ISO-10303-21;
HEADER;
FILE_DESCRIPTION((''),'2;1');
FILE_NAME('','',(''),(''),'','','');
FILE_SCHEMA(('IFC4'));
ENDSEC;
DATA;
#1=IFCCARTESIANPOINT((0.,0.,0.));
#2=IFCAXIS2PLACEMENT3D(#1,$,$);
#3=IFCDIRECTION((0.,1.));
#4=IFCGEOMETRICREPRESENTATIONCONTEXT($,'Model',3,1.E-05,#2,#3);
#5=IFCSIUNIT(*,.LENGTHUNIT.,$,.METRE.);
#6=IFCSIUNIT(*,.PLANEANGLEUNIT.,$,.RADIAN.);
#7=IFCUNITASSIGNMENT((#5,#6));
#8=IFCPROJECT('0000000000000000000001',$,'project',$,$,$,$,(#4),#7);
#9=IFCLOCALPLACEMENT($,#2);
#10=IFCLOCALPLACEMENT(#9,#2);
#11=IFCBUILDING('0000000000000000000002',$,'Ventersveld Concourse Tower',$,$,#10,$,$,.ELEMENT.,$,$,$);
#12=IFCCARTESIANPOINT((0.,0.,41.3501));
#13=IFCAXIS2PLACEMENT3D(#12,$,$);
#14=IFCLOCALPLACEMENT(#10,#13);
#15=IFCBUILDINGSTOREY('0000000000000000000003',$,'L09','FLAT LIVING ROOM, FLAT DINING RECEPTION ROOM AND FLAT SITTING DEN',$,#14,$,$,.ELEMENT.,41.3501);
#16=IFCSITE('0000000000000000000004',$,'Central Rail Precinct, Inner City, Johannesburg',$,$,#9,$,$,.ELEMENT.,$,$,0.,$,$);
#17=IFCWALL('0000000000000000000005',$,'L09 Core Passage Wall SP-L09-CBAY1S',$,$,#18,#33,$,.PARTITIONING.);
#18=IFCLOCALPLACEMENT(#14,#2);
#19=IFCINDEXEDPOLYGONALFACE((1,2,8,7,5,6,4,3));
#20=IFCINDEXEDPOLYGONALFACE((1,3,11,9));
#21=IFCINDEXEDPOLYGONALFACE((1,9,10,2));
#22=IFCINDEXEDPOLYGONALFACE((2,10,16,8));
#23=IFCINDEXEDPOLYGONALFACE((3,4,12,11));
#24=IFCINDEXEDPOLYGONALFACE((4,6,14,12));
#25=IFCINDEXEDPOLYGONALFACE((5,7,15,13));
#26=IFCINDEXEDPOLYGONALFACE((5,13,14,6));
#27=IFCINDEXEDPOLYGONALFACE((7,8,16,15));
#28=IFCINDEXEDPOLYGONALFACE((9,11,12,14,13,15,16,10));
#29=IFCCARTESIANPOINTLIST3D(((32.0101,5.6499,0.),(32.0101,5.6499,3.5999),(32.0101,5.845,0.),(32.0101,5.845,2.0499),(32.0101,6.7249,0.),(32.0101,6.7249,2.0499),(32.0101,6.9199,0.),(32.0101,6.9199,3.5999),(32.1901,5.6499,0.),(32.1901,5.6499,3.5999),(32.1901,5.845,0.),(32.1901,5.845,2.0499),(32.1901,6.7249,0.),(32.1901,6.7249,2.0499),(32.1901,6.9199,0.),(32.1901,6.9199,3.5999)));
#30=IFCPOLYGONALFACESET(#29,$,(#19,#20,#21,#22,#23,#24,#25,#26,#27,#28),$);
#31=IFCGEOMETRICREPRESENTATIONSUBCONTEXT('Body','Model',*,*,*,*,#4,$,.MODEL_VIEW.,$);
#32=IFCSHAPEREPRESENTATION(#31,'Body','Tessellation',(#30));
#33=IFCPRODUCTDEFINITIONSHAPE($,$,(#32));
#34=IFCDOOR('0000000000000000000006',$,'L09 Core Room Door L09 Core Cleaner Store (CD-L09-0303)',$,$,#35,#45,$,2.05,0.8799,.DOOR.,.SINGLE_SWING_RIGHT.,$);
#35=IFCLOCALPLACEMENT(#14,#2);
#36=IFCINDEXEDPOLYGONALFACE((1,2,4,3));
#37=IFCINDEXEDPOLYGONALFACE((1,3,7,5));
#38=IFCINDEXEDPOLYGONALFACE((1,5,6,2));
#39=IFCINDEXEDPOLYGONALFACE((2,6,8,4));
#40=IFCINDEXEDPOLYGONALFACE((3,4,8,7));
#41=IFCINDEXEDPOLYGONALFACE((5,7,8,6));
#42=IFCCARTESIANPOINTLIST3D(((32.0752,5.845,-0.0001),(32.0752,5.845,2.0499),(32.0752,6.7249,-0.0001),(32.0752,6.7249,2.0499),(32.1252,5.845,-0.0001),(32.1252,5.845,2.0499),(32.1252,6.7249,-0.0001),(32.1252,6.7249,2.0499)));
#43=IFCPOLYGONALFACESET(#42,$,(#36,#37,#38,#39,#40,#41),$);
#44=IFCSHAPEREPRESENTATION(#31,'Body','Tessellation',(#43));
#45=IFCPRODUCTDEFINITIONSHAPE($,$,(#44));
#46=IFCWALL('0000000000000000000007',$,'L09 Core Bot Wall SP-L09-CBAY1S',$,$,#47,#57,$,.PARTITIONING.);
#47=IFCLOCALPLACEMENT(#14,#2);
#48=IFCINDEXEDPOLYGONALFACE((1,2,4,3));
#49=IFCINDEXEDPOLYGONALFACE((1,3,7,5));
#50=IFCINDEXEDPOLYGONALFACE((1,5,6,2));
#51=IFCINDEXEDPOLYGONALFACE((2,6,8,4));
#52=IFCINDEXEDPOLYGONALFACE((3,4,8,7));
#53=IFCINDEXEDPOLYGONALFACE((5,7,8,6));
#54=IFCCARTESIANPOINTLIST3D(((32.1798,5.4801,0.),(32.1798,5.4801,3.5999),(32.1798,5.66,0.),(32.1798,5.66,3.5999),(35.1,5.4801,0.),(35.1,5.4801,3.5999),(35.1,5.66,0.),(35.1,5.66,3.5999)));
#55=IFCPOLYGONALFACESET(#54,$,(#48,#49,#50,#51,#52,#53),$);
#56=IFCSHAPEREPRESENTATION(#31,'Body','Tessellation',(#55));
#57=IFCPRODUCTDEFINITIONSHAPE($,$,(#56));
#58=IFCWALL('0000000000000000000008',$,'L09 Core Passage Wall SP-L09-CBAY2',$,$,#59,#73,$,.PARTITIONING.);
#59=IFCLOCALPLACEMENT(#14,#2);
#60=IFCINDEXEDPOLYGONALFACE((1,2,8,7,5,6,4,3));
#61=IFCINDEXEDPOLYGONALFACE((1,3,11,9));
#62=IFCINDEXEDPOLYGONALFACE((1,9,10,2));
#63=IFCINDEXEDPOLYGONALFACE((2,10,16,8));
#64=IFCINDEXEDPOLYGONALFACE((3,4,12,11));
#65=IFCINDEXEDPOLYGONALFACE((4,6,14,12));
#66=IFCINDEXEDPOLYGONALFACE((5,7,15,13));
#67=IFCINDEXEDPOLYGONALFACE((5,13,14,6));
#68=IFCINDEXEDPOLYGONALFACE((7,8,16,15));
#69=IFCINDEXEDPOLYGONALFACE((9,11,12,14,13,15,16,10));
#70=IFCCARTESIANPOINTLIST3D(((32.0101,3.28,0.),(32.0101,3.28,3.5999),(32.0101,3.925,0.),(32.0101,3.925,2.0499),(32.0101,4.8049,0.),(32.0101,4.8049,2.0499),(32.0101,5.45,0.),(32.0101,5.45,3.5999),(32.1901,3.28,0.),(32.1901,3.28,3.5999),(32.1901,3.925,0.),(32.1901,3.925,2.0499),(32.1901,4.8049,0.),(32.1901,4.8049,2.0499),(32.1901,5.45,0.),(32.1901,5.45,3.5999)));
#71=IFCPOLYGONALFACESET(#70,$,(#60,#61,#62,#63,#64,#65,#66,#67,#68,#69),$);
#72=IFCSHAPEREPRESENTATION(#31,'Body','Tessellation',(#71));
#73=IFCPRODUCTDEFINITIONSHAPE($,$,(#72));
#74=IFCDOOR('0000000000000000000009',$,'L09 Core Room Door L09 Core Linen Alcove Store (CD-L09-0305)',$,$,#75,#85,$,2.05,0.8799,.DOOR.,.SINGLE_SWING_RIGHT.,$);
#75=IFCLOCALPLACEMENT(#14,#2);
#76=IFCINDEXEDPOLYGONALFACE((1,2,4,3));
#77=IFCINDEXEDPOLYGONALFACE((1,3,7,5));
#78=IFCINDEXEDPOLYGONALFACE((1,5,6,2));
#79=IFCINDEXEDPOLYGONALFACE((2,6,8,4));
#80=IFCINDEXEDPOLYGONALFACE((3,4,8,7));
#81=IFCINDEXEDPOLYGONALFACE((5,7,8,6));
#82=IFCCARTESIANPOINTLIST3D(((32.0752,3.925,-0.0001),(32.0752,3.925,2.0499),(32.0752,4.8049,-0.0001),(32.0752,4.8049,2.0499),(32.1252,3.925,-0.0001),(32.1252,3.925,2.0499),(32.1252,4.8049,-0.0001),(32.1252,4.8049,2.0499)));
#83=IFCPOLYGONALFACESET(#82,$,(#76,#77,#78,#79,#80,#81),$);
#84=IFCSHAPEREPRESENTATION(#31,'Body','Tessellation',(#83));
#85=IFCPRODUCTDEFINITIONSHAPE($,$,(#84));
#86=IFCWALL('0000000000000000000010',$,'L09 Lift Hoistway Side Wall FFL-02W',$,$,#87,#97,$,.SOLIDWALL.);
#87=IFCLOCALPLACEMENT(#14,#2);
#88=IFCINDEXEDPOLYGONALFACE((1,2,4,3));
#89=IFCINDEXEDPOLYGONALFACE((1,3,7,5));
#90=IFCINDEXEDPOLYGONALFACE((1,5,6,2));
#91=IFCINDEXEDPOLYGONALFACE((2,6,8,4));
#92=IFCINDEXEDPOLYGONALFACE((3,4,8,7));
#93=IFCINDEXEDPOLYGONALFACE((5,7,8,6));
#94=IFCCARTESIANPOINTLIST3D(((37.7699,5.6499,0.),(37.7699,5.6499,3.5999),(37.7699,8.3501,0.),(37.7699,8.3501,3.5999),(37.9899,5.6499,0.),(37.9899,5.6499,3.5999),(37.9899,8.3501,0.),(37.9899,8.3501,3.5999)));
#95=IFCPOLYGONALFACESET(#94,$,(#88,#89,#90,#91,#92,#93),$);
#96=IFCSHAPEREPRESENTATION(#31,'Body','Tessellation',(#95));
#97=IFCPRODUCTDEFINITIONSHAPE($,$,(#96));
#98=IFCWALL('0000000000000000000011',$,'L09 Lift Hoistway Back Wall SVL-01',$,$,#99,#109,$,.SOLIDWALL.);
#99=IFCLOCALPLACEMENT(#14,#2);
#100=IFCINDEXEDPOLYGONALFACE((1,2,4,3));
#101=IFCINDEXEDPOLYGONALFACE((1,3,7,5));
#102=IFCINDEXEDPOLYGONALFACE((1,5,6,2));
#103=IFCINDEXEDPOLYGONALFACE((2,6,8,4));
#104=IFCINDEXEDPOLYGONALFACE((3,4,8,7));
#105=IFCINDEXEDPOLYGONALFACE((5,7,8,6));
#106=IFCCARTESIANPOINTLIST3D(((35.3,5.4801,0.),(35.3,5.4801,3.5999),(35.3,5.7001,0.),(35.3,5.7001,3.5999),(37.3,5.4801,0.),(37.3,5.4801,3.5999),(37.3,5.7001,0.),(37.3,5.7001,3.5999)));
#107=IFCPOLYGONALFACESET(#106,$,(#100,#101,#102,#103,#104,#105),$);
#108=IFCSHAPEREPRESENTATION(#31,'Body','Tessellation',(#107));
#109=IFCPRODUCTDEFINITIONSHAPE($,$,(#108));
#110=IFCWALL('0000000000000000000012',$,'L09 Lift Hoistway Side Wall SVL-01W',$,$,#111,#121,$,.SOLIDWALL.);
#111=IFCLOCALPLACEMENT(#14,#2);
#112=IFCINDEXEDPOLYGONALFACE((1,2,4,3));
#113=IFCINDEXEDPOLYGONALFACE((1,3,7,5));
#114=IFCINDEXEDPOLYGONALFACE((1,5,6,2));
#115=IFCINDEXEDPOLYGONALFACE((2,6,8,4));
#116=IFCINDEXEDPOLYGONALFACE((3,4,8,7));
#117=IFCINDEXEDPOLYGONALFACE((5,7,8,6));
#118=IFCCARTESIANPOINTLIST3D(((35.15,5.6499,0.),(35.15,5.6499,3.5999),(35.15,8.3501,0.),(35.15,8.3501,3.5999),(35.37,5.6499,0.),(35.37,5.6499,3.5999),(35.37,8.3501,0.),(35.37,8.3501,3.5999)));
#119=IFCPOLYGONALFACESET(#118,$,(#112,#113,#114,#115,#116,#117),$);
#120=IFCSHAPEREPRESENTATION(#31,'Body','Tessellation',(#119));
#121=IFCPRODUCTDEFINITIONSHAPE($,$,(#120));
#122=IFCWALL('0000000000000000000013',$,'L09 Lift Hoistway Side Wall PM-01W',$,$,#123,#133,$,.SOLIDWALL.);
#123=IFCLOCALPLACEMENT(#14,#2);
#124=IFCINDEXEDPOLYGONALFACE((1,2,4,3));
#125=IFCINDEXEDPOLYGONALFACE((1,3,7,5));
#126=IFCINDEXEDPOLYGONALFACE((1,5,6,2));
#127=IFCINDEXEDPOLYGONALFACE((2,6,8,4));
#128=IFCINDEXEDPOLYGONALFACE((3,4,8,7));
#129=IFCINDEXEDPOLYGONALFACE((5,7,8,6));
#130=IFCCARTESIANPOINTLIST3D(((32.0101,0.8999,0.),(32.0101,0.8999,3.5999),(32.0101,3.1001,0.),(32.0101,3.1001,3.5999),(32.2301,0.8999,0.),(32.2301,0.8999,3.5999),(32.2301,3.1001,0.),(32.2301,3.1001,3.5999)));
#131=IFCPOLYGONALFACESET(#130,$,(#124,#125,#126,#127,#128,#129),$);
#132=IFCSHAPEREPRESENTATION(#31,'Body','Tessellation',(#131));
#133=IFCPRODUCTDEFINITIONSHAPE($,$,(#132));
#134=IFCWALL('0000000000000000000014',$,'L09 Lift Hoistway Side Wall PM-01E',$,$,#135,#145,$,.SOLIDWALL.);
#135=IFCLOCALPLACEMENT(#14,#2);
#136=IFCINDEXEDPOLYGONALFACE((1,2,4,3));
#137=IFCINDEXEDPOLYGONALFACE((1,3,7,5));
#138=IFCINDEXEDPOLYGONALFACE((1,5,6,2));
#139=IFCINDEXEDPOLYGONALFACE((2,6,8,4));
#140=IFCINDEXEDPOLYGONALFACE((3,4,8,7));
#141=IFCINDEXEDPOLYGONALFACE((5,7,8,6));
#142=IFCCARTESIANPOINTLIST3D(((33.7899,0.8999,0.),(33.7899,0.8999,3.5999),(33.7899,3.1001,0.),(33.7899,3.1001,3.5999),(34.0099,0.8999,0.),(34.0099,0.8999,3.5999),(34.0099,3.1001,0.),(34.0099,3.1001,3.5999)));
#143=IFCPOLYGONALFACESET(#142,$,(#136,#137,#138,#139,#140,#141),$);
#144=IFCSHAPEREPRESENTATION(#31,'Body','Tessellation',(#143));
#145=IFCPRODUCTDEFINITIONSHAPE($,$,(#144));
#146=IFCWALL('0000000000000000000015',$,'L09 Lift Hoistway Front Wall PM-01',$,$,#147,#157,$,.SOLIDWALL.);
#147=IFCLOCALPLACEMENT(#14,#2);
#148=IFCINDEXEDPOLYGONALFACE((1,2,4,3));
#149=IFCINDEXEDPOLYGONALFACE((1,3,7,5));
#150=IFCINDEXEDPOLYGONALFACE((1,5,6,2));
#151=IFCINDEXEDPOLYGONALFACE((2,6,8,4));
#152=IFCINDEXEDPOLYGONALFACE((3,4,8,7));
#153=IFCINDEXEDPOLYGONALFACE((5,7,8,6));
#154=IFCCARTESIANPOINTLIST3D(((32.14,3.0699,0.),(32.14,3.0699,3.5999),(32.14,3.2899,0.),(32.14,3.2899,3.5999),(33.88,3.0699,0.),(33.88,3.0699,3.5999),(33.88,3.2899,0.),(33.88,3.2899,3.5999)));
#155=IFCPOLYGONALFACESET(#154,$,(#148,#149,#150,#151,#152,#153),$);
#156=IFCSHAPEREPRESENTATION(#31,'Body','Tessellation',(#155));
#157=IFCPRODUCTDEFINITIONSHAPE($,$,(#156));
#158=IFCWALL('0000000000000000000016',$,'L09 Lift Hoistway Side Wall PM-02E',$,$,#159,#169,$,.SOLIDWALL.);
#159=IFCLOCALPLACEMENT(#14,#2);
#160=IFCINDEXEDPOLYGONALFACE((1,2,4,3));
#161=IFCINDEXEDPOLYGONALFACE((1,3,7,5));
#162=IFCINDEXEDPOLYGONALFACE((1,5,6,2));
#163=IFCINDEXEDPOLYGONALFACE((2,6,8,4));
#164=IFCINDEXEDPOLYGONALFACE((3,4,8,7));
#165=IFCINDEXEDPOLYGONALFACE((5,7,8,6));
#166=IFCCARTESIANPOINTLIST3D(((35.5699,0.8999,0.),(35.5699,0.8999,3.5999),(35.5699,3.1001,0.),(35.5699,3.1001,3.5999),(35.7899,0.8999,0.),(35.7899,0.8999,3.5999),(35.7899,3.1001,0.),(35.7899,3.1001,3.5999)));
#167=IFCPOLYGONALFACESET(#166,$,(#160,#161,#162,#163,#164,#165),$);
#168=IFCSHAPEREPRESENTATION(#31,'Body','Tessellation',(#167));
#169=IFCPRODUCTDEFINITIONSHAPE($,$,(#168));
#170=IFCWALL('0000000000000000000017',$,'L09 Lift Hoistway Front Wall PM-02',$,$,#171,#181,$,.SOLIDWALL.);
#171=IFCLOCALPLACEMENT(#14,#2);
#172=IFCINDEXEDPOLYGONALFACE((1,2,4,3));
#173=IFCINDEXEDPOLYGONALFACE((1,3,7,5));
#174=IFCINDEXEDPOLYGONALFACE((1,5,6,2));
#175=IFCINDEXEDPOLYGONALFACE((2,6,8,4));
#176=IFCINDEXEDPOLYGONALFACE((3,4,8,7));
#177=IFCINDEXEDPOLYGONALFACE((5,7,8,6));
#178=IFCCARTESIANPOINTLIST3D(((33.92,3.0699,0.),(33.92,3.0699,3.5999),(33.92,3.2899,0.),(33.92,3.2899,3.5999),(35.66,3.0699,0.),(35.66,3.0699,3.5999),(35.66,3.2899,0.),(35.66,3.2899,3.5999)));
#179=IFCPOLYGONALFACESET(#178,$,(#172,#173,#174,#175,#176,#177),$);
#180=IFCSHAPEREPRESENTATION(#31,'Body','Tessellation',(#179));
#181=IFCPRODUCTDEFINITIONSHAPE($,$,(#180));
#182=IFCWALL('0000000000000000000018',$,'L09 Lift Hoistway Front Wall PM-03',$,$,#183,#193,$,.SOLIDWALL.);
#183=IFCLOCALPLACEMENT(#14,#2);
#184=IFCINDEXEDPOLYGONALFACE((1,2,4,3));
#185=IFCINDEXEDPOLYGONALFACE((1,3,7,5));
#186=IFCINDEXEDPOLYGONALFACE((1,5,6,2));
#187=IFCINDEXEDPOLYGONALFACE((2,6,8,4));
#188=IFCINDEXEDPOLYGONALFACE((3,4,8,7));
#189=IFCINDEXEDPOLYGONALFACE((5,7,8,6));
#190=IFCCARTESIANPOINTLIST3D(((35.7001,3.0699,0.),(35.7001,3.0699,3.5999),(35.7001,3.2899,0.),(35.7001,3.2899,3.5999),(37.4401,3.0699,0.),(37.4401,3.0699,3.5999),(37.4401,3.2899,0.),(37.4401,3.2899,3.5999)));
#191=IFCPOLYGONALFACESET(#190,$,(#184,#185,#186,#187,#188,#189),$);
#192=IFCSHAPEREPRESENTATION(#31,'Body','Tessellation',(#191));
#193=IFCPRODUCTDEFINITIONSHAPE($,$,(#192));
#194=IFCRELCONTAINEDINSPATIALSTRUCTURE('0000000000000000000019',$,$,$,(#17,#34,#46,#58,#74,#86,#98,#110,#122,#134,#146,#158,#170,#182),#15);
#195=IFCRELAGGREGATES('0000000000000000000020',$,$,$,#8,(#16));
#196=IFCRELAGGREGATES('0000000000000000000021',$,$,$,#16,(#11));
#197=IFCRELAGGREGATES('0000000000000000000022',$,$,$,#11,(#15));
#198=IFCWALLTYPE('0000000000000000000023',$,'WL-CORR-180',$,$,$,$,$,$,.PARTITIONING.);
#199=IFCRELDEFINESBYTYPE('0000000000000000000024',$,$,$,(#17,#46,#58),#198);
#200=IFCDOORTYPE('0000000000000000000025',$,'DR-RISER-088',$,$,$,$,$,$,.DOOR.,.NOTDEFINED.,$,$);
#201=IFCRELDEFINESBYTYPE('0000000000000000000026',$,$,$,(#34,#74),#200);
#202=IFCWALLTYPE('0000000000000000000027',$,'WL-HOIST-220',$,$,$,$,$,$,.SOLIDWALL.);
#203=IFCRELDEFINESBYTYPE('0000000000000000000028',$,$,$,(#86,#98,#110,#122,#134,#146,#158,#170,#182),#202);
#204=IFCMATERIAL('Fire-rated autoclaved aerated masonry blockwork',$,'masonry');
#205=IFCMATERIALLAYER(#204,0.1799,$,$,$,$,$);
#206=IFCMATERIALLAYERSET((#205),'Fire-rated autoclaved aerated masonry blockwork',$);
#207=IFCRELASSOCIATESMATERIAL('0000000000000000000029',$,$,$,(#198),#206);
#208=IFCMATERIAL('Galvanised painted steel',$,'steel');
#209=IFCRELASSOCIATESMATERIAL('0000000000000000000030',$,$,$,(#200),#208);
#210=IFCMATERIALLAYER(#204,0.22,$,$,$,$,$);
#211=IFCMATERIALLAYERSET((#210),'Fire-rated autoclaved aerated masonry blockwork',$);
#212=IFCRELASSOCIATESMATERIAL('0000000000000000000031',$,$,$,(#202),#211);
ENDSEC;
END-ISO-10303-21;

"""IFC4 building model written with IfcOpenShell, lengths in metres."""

from ifc_helpers import new_model, si_unit, direction, frame, frame_2d, origin, place, context, subcontext, project, spatial, rectangle, extrude, material, layer, layer_set, type_object, element, fill, save


model = new_model("IFC4")

# Units and contexts
model_context = context("Model", 3, precision=1e-05, world=origin(), true_north=direction((0.0, 1.0)))
body_context = subcontext(model_context, "Body", "Model", "MODEL_VIEW")
ifc_project = project(units=[si_unit("LENGTHUNIT", "METRE"), si_unit("PLANEANGLEUNIT", "RADIAN")], contexts=[model_context])

# Site, building, storey
site_placement = place(None, origin())
site = spatial("IfcSite", under=ifc_project, at=site_placement, Name="Central Rail Precinct, Inner City, Johannesburg", CompositionType="ELEMENT", RefElevation=0.0)
building_placement = place(site_placement, origin())
building = spatial("IfcBuilding", under=site, at=building_placement, Name="Ventersveld Concourse Tower", CompositionType="ELEMENT")
storey_placement = place(building_placement, frame((0.0, 0.0, 41.3501)))
storey = spatial("IfcBuildingStorey", under=building, at=storey_placement, Name="L09", Description="FLAT LIVING ROOM, FLAT DINING RECEPTION ROOM AND FLAT SITTING DEN", CompositionType="ELEMENT", Elevation=41.3501)

# Wall, opening, door
ifc_material_1 = material(Name="Fire-rated autoclaved aerated masonry blockwork", Category="masonry")
ifc_layer_1 = layer(ifc_material_1, 0.1799)
ifc_layer_set_1 = layer_set([ifc_layer_1], Name="Fire-rated autoclaved aerated masonry blockwork")
wall_type_1 = type_object("IfcWallType", Name="WL-CORR-180", PredefinedType="PARTITIONING", material=ifc_layer_set_1)
wall_1_placement = place(storey_placement, frame((32.1001, 5.6499, 0.0), z_axis=(0.0, 0.0, 1.0), x_axis=(0.0, 1.0, 0.0)))
wall_1 = element("IfcWall", 1, at=wall_1_placement, inside=storey, type_object=wall_type_1, Name="L09 Core Passage Wall SP-L09-CBAY1S", PredefinedType="PARTITIONING", context=body_context, shape_type="SweptSolid", body=[
    extrude(rectangle(XDim=1.27, YDim=0.1799, at=frame_2d((0.635, 0.0))), origin(), (0.0, 0.0, 1.0), 3.5999),
])
opening_1_placement = place(wall_1_placement, frame((0.1951, 0.0, 0.0)))
opening_1 = element("IfcOpeningElement", 2, at=opening_1_placement, cuts=wall_1, PredefinedType="OPENING", context=body_context, shape_type="SweptSolid", body=[
    extrude(rectangle(XDim=0.8799, YDim=2.05, at=frame_2d((0.4399, 1.0249))), frame((0.0, 0.1001, 0.0), z_axis=(0.0, -1.0, 0.0), x_axis=(1.0, 0.0, 0.0)), (0.0, 0.0, 1.0), 0.2),
])
ifc_material_2 = material(Name="Galvanised painted steel", Category="steel")
door_type = type_object("IfcDoorType", Name="DR-RISER-088", OperationType="NOTDEFINED", PredefinedType="DOOR", material=ifc_material_2)
door_1_placement = place(opening_1_placement, origin())
door_1 = element("IfcDoor", 3, at=door_1_placement, inside=storey, type_object=door_type, Name="L09 Core Room Door L09 Core Cleaner Store (CD-L09-0303)", OperationType="SINGLE_SWING_RIGHT", OverallHeight=2.05, OverallWidth=0.8799, PredefinedType="DOOR", context=body_context, shape_type="SweptSolid", body=[
    extrude(rectangle(XDim=0.8799, YDim=2.05, at=frame_2d((0.4399, 1.0249))), frame((0.0, 0.0249, 0.0), z_axis=(0.0, -1.0, 0.0), x_axis=(1.0, 0.0, 0.0)), (0.0, 0.0, 1.0), 0.05),
])
fill(opening_1, door_1)

# Wall
wall_2_placement = place(storey_placement, frame((32.1799, 5.5701, 0.0), z_axis=(0.0, 0.0, 1.0), x_axis=(1.0, 0.0, 0.0)))
element("IfcWall", 4, at=wall_2_placement, inside=storey, type_object=wall_type_1, Name="L09 Core Bot Wall SP-L09-CBAY1S", PredefinedType="PARTITIONING", context=body_context, shape_type="SweptSolid", body=[
    extrude(rectangle(XDim=2.9202, YDim=0.1799, at=frame_2d((1.46, 0.0))), origin(), (0.0, 0.0, 1.0), 3.5999),
])

# Wall, opening, door
wall_3_placement = place(storey_placement, frame((32.1001, 3.28, 0.0), z_axis=(0.0, 0.0, 1.0), x_axis=(0.0, 1.0, 0.0)))
wall_3 = element("IfcWall", 5, at=wall_3_placement, inside=storey, type_object=wall_type_1, Name="L09 Core Passage Wall SP-L09-CBAY2", PredefinedType="PARTITIONING", context=body_context, shape_type="SweptSolid", body=[
    extrude(rectangle(XDim=2.1699, YDim=0.1799, at=frame_2d((1.085, 0.0))), origin(), (0.0, 0.0, 1.0), 3.5999),
])
opening_2_placement = place(wall_3_placement, frame((0.645, 0.0, 0.0)))
opening_2 = element("IfcOpeningElement", 6, at=opening_2_placement, cuts=wall_3, PredefinedType="OPENING", context=body_context, shape_type="SweptSolid", body=[
    extrude(rectangle(XDim=0.8799, YDim=2.05, at=frame_2d((0.4399, 1.0249))), frame((0.0, 0.1001, 0.0), z_axis=(0.0, -1.0, 0.0), x_axis=(1.0, 0.0, 0.0)), (0.0, 0.0, 1.0), 0.2),
])
door_2_placement = place(opening_2_placement, origin())
door_2 = element("IfcDoor", 7, at=door_2_placement, inside=storey, type_object=door_type, Name="L09 Core Room Door L09 Core Linen Alcove Store (CD-L09-0305)", OperationType="SINGLE_SWING_RIGHT", OverallHeight=2.05, OverallWidth=0.8799, PredefinedType="DOOR", context=body_context, shape_type="SweptSolid", body=[
    extrude(rectangle(XDim=0.8799, YDim=2.05, at=frame_2d((0.4399, 1.0249))), frame((0.0, 0.0249, 0.0), z_axis=(0.0, -1.0, 0.0), x_axis=(1.0, 0.0, 0.0)), (0.0, 0.0, 1.0), 0.05),
])
fill(opening_2, door_2)

# Walls
ifc_layer_2 = layer(ifc_material_1, 0.22)
ifc_layer_set_2 = layer_set([ifc_layer_2], Name="Fire-rated autoclaved aerated masonry blockwork")
wall_type_2 = type_object("IfcWallType", Name="WL-HOIST-220", PredefinedType="SOLIDWALL", material=ifc_layer_set_2)
wall_4_placement = place(storey_placement, frame((37.8799, 5.6499, 0.0), z_axis=(0.0, 0.0, 1.0), x_axis=(0.0, 1.0, 0.0)))
element("IfcWall", 8, at=wall_4_placement, inside=storey, type_object=wall_type_2, Name="L09 Lift Hoistway Side Wall FFL-02W", PredefinedType="SOLIDWALL", context=body_context, shape_type="SweptSolid", body=[
    extrude(rectangle(XDim=2.7002, YDim=0.22, at=frame_2d((1.3501, 0.0))), origin(), (0.0, 0.0, 1.0), 3.5999),
])
wall_5_placement = place(storey_placement, frame((35.3, 5.5901, 0.0), z_axis=(0.0, 0.0, 1.0), x_axis=(1.0, 0.0, 0.0)))
element("IfcWall", 9, at=wall_5_placement, inside=storey, type_object=wall_type_2, Name="L09 Lift Hoistway Back Wall SVL-01", PredefinedType="SOLIDWALL", context=body_context, shape_type="SweptSolid", body=[
    extrude(rectangle(XDim=2.0, YDim=0.22, at=frame_2d((1.0, 0.0))), origin(), (0.0, 0.0, 1.0), 3.5999),
])
wall_6_placement = place(storey_placement, frame((35.26, 5.6499, 0.0), z_axis=(0.0, 0.0, 1.0), x_axis=(0.0, 1.0, 0.0)))
element("IfcWall", 10, at=wall_6_placement, inside=storey, type_object=wall_type_2, Name="L09 Lift Hoistway Side Wall SVL-01W", PredefinedType="SOLIDWALL", context=body_context, shape_type="SweptSolid", body=[
    extrude(rectangle(XDim=2.7002, YDim=0.22, at=frame_2d((1.3501, 0.0))), origin(), (0.0, 0.0, 1.0), 3.5999),
])
for number, where, z_axis, x_axis, name in (
    (11, (32.1201, 0.8999, 0.0), (0.0, 0.0, 1.0), (0.0, 1.0, 0.0), "L09 Lift Hoistway Side Wall PM-01W"),
    (12, (33.8999, 0.8999, 0.0), (0.0, 0.0, 1.0), (0.0, 1.0, 0.0), "L09 Lift Hoistway Side Wall PM-01E"),
):
    element("IfcWall", number, at=place(storey_placement, frame(where, z_axis=z_axis, x_axis=x_axis)), inside=storey, type_object=wall_type_2, Name=name, PredefinedType="SOLIDWALL", context=body_context, shape_type="SweptSolid", body=[
        extrude(rectangle(XDim=2.2002, YDim=0.22, at=frame_2d((1.1001, 0.0))), origin(), (0.0, 0.0, 1.0), 3.5999),
    ])
wall_7_placement = place(storey_placement, frame((32.1399, 3.1799, 0.0), z_axis=(0.0, 0.0, 1.0), x_axis=(1.0, 0.0, 0.0)))
element("IfcWall", 13, at=wall_7_placement, inside=storey, type_object=wall_type_2, Name="L09 Lift Hoistway Front Wall PM-01", PredefinedType="SOLIDWALL", context=body_context, shape_type="SweptSolid", body=[
    extrude(rectangle(XDim=1.74, YDim=0.22, at=frame_2d((0.8701, 0.0))), origin(), (0.0, 0.0, 1.0), 3.5999),
])
wall_8_placement = place(storey_placement, frame((35.6799, 0.8999, 0.0), z_axis=(0.0, 0.0, 1.0), x_axis=(0.0, 1.0, 0.0)))
element("IfcWall", 14, at=wall_8_placement, inside=storey, type_object=wall_type_2, Name="L09 Lift Hoistway Side Wall PM-02E", PredefinedType="SOLIDWALL", context=body_context, shape_type="SweptSolid", body=[
    extrude(rectangle(XDim=2.2002, YDim=0.22, at=frame_2d((1.1001, 0.0))), origin(), (0.0, 0.0, 1.0), 3.5999),
])
for number, where, z_axis, x_axis, name in (
    (15, (33.9199, 3.1799, 0.0), (0.0, 0.0, 1.0), (1.0, 0.0, 0.0), "L09 Lift Hoistway Front Wall PM-02"),
    (16, (35.7, 3.1799, 0.0), (0.0, 0.0, 1.0), (1.0, 0.0, 0.0), "L09 Lift Hoistway Front Wall PM-03"),
):
    element("IfcWall", number, at=place(storey_placement, frame(where, z_axis=z_axis, x_axis=x_axis)), inside=storey, type_object=wall_type_2, Name=name, PredefinedType="SOLIDWALL", context=body_context, shape_type="SweptSolid", body=[
        extrude(rectangle(XDim=1.74, YDim=0.22, at=frame_2d((0.8701, 0.0))), origin(), (0.0, 0.0, 1.0), 3.5999),
    ])

save(model, "model.ifc")
